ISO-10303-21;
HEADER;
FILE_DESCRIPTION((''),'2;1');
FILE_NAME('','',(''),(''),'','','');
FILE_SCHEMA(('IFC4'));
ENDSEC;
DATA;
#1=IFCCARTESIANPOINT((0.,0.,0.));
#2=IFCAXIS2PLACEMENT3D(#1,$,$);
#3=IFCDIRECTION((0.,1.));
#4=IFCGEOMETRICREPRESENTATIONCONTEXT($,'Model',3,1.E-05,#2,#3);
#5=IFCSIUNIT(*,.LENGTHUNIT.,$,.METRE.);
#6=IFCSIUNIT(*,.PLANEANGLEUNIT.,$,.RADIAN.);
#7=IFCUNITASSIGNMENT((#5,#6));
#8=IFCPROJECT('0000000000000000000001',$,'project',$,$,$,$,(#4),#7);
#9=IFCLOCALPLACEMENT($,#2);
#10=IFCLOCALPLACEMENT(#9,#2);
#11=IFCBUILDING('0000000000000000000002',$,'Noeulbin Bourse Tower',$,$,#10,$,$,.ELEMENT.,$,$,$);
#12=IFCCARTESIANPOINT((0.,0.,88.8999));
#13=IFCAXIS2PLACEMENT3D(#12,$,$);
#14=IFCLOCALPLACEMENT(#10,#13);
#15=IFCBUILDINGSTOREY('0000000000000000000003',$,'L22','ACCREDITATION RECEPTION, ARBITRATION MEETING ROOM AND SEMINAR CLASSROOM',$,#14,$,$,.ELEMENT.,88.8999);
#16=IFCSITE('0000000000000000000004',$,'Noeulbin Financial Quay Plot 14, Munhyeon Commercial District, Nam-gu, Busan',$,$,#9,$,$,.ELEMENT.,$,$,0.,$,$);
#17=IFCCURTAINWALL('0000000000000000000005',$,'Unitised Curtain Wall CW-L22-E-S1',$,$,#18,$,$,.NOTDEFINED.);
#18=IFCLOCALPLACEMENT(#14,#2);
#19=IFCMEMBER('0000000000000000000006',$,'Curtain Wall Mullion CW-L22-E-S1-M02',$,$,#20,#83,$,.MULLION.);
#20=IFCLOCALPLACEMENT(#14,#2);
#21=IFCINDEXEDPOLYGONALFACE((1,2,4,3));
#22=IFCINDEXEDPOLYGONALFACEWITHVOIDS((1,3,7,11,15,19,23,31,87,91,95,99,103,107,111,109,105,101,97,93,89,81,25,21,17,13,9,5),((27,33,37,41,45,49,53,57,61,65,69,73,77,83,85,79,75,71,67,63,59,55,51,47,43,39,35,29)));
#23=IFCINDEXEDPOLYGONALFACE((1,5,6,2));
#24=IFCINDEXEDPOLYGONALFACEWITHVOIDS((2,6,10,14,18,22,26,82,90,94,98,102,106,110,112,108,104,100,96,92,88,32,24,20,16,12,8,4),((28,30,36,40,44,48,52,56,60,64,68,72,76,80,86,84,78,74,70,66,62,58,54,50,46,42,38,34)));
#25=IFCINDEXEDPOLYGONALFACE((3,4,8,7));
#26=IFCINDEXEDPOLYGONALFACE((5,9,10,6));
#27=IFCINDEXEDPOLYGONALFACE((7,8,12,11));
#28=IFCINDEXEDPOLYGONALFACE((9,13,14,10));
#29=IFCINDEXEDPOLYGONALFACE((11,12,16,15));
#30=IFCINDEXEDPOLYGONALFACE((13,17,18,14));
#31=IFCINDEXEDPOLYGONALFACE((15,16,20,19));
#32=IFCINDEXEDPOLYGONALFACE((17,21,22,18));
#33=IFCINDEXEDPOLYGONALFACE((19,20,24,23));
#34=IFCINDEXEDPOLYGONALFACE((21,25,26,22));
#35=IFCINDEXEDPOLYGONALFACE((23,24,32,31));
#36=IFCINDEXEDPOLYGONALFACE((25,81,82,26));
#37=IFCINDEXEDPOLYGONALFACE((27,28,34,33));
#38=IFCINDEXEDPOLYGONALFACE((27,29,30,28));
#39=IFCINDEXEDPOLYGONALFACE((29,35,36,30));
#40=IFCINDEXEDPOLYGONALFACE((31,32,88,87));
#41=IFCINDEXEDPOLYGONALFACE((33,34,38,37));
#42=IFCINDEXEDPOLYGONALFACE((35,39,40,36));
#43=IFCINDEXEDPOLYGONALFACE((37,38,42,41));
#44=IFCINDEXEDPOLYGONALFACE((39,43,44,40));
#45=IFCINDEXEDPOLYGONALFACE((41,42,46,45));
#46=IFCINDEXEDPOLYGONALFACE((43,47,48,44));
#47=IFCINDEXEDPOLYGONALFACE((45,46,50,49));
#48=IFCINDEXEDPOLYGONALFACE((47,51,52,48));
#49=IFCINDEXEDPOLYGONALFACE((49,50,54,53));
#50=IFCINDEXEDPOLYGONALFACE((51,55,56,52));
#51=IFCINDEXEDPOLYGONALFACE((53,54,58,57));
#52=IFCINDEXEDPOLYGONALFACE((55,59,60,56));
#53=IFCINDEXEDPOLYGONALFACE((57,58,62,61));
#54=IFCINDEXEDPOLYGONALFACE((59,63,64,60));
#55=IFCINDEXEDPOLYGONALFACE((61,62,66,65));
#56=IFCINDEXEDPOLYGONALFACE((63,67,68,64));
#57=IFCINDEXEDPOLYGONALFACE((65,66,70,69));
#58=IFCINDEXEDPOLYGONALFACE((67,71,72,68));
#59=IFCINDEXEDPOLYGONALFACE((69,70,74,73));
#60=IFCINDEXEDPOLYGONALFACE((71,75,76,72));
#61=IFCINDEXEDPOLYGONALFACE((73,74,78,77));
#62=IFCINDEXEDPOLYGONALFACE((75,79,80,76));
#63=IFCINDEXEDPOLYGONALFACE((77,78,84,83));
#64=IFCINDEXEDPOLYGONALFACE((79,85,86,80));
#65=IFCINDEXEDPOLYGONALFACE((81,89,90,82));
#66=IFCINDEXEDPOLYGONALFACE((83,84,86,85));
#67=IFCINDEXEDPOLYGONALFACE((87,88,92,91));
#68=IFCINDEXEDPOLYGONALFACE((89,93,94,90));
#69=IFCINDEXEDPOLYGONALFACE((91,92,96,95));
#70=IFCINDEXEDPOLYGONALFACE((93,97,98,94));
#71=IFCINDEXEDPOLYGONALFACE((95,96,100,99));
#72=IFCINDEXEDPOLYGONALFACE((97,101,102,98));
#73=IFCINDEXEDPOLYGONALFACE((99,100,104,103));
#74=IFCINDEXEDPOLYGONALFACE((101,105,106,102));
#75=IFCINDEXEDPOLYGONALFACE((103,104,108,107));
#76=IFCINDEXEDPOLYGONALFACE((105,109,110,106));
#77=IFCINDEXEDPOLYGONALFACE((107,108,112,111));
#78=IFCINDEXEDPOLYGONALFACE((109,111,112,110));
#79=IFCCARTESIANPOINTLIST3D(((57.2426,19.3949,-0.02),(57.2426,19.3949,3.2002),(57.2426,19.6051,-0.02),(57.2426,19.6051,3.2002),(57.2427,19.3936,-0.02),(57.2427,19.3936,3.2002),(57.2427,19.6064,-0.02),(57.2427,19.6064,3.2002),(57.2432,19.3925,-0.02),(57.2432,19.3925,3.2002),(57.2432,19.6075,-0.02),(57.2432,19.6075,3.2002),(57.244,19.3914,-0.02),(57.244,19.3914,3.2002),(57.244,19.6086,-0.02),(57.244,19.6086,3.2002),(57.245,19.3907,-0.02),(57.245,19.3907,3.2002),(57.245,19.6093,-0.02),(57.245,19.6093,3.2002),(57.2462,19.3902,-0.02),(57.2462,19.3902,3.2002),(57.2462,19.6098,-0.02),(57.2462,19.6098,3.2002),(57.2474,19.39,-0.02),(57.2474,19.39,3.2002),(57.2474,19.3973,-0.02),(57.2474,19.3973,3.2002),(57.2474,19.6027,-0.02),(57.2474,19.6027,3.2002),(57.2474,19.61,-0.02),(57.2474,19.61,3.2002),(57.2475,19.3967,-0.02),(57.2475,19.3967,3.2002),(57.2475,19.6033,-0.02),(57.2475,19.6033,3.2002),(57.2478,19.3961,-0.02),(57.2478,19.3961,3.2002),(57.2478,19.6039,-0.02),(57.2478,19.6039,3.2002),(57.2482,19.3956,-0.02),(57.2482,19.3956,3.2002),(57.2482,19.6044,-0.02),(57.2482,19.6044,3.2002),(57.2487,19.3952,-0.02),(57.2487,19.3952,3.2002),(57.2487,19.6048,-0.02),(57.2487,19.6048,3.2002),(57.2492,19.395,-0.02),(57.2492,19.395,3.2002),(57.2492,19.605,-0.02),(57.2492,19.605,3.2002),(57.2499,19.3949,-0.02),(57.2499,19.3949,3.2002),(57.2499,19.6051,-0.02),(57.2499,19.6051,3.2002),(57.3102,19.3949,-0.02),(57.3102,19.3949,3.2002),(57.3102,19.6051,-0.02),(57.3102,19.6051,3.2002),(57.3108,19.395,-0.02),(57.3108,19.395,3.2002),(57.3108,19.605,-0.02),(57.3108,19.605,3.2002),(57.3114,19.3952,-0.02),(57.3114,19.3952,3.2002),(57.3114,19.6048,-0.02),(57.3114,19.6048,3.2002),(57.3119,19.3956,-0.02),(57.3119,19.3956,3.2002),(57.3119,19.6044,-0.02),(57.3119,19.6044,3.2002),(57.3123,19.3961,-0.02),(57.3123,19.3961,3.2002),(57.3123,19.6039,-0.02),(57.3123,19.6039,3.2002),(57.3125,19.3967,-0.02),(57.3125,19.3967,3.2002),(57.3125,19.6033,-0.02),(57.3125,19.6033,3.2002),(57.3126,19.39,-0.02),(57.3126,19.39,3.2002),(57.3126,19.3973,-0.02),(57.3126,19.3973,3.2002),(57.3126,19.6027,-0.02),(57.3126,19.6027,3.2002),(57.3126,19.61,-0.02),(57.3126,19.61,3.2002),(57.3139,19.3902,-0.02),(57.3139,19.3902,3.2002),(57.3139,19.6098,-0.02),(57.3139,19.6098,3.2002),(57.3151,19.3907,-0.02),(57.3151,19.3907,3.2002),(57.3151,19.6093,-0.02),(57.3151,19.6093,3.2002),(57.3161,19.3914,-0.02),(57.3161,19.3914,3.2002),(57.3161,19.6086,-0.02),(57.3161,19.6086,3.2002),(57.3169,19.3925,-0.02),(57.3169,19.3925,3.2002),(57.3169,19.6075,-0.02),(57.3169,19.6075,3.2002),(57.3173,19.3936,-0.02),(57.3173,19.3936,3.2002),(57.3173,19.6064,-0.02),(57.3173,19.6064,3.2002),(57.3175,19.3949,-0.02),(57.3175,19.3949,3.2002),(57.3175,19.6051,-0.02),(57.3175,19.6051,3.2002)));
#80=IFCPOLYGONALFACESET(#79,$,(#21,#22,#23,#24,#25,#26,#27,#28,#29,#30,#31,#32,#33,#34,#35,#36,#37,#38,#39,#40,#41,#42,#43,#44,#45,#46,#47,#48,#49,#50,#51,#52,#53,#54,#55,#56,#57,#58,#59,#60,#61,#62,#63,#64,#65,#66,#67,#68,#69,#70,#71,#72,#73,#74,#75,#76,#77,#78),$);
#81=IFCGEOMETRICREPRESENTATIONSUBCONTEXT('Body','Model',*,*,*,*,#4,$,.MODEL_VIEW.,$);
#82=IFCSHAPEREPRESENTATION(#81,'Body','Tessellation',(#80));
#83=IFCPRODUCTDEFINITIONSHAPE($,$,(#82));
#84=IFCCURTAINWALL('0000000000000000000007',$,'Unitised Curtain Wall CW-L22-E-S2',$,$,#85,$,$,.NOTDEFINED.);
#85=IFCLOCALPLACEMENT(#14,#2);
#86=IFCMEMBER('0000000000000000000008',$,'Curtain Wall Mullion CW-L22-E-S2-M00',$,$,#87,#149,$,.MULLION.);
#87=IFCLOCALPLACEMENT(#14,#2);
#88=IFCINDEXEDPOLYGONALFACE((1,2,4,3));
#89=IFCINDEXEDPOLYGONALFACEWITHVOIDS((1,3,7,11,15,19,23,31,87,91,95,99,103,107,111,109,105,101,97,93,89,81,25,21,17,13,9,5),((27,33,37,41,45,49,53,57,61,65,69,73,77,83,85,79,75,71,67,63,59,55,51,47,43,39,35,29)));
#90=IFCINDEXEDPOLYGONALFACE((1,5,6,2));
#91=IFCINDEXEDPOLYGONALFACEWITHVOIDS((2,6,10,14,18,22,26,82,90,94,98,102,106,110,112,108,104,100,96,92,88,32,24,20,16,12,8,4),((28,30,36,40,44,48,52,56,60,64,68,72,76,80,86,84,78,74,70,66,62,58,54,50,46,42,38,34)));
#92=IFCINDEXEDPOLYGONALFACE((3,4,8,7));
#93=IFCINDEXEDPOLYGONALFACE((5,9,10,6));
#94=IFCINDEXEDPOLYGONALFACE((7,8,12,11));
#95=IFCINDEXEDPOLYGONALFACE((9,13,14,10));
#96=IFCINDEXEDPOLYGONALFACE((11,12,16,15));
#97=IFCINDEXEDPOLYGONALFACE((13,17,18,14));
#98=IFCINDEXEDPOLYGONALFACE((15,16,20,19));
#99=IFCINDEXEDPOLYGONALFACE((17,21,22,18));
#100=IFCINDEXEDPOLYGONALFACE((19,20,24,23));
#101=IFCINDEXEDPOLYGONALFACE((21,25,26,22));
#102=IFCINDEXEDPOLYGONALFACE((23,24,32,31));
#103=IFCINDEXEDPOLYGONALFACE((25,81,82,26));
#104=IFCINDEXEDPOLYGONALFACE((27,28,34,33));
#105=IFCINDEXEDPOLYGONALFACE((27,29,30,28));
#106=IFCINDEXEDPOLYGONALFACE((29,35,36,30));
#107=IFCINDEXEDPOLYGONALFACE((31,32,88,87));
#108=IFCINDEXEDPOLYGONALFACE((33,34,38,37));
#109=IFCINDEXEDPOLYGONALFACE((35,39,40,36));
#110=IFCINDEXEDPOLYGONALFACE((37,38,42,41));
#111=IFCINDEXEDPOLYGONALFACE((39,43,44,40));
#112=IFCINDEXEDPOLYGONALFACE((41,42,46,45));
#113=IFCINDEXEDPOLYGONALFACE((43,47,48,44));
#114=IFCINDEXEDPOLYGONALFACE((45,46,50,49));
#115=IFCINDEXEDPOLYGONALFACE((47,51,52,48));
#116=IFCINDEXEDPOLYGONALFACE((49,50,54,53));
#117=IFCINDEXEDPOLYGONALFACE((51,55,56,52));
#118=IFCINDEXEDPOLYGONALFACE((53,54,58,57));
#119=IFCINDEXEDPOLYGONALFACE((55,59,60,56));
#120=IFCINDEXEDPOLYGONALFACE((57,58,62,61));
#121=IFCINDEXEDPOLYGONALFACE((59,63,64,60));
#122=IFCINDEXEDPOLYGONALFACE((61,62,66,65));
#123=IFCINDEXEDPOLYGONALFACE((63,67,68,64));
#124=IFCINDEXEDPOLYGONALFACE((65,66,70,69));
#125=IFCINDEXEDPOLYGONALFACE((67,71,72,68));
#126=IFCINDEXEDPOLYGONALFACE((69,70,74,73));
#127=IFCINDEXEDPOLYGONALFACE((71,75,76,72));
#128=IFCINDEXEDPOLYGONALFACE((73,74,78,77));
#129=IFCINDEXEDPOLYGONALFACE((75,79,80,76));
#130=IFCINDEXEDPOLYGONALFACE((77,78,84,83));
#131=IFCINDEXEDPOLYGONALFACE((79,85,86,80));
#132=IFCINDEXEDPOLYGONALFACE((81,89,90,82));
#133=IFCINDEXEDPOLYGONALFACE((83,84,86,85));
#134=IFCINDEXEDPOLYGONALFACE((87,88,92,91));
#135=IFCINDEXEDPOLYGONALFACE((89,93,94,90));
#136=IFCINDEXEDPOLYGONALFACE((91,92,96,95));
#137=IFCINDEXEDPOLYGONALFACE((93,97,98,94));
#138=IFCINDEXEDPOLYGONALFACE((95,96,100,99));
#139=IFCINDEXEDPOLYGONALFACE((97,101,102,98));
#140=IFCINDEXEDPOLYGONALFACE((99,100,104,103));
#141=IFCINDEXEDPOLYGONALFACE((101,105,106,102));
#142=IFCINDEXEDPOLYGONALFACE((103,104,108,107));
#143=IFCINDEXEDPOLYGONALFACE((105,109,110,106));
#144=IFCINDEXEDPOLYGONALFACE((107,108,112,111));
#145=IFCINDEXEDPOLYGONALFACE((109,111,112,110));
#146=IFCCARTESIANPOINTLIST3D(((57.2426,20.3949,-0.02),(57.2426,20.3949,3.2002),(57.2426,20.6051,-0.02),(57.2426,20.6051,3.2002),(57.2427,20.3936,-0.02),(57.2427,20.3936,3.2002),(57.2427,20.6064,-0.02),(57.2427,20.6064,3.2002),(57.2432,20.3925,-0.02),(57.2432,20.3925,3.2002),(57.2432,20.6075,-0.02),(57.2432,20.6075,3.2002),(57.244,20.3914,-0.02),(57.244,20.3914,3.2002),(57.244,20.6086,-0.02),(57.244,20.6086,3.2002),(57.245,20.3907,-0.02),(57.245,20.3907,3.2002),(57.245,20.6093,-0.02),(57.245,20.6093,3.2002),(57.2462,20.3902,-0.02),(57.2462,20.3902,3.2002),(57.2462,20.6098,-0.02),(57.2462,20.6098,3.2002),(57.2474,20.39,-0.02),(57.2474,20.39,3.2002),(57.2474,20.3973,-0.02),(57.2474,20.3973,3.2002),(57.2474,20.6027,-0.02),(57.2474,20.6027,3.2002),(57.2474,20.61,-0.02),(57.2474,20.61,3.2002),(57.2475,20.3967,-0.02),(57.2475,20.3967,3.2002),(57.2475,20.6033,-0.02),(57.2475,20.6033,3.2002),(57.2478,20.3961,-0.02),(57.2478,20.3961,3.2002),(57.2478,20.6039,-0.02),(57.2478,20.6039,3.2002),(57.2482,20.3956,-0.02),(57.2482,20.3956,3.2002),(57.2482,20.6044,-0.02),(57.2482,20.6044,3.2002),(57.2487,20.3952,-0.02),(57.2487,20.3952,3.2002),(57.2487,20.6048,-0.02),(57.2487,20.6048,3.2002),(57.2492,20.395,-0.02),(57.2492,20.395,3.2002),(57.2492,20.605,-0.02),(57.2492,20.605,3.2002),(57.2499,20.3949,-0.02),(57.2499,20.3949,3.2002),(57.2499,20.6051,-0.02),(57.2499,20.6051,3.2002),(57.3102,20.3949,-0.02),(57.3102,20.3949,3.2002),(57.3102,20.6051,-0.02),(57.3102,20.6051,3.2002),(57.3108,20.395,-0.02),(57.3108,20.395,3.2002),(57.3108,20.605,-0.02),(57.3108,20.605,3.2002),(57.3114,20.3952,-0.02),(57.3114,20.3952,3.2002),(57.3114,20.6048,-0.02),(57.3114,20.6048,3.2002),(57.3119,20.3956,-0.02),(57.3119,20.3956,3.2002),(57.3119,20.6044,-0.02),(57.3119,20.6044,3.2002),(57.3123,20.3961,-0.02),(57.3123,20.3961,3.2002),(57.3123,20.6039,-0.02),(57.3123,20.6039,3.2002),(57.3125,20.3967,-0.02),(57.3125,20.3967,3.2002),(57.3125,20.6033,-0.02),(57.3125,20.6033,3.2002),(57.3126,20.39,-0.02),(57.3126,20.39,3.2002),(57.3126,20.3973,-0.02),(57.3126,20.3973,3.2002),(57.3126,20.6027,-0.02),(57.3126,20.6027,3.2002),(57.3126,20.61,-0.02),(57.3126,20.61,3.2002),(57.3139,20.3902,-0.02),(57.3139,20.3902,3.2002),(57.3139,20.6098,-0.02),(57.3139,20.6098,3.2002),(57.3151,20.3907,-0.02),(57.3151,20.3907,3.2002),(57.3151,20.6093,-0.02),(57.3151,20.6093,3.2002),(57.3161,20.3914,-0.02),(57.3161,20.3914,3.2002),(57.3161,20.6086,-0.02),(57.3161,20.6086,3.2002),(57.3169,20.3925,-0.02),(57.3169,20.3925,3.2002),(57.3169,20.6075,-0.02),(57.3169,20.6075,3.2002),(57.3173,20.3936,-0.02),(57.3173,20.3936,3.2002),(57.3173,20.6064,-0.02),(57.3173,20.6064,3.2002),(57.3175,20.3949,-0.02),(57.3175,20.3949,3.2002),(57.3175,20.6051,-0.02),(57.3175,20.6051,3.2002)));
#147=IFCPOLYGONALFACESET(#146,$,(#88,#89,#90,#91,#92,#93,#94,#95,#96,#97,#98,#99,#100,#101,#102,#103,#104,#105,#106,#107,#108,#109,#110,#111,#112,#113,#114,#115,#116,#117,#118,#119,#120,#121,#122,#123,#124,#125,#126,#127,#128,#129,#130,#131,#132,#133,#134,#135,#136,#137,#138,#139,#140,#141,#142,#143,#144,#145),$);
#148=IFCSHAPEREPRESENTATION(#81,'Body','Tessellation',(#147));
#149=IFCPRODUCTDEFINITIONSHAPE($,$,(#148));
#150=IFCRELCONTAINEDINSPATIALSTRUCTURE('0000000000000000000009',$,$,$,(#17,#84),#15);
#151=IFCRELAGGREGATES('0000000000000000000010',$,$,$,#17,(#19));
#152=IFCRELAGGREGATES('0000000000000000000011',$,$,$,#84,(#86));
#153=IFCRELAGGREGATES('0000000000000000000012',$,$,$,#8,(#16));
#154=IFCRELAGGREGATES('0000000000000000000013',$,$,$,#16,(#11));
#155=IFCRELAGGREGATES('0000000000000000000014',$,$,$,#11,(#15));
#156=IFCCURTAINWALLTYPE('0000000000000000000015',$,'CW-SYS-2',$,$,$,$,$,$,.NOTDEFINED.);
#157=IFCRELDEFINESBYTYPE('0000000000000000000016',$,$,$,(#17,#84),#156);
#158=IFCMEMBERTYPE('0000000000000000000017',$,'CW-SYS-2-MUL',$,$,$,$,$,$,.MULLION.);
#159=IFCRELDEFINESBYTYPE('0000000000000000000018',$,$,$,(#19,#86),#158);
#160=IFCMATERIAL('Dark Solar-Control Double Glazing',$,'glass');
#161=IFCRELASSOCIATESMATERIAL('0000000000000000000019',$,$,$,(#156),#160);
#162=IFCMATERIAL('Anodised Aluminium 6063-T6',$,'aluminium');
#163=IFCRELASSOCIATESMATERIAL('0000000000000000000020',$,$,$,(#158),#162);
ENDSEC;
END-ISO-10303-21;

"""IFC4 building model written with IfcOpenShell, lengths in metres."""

from ifc_helpers import new_model, si_unit, direction, frame, origin, origin_2d, place, context, subcontext, project, spatial, hollow_rectangle, extrude, material, material_profile, profile_set, type_object, element, aggregate, save


model = new_model("IFC4")

# Units and contexts
model_context = context("Model", 3, precision=1e-05, world=origin(), true_north=direction((0.0, 1.0)))
body_context = subcontext(model_context, "Body", "Model", "MODEL_VIEW")
ifc_project = project(units=[si_unit("LENGTHUNIT", "METRE"), si_unit("PLANEANGLEUNIT", "RADIAN")], contexts=[model_context])

# Site, building, storey
site_placement = place(None, origin())
site = spatial("IfcSite", under=ifc_project, at=site_placement, Name="Noeulbin Financial Quay Plot 14, Munhyeon Commercial District, Nam-gu, Busan", CompositionType="ELEMENT", RefElevation=0.0)
building_placement = place(site_placement, origin())
building = spatial("IfcBuilding", under=site, at=building_placement, Name="Noeulbin Bourse Tower", CompositionType="ELEMENT")
storey_placement = place(building_placement, frame((0.0, 0.0, 88.8999)))
storey = spatial("IfcBuildingStorey", under=building, at=storey_placement, Name="L22", Description="ACCREDITATION RECEPTION, ARBITRATION MEETING ROOM AND SEMINAR CLASSROOM", CompositionType="ELEMENT", Elevation=88.8999)

# Shared definitions
ifc_material_1 = material(Name="Dark Solar-Control Double Glazing", Category="glass")
curtain_wall_type = type_object("IfcCurtainWallType", Name="CW-SYS-2", PredefinedType="NOTDEFINED", material=ifc_material_1)
ifc_material_2 = material(Name="Anodised Aluminium 6063-T6", Category="aluminium")
ifc_material_profile_1 = material_profile(ifc_material_2, hollow_rectangle(XDim=0.075, YDim=0.22, WallThickness=0.0049, InnerFilletRadius=0.0024, OuterFilletRadius=0.0049, at=origin_2d()), Name="ALU-MULL-75x220x5", Category="LoadBearing")
ifc_profile_set_1 = profile_set([ifc_material_profile_1], Name="Anodised Aluminium 6063-T6")
member_type_1 = type_object("IfcMemberType", Name="CW-SYS-2-MUL", PredefinedType="MULLION", material=ifc_profile_set_1)

# Curtain wall, member
curtain_wall_1_placement = place(storey_placement, origin())
curtain_wall_1 = element("IfcCurtainWall", 1, at=curtain_wall_1_placement, inside=storey, type_object=curtain_wall_type, Name="Unitised Curtain Wall CW-L22-E-S1", PredefinedType="NOTDEFINED")
member_1_placement = place(storey_placement, frame((57.28, 19.5, -0.02), z_axis=(0.0, 0.0, 1.0), x_axis=(1.0, 0.0, 0.0)))
member_1 = element("IfcMember", 2, at=member_1_placement, type_object=member_type_1, Name="Curtain Wall Mullion CW-L22-E-S1-M02", PredefinedType="MULLION", context=body_context, shape_type="SweptSolid", body=[
    extrude(hollow_rectangle(XDim=0.075, YDim=0.22, WallThickness=0.0049, InnerFilletRadius=0.0024, OuterFilletRadius=0.0049, at=origin_2d()), origin(), (0.0, 0.0, 1.0), 3.2202),
])

# Curtain wall, member
curtain_wall_2_placement = place(storey_placement, origin())
curtain_wall_2 = element("IfcCurtainWall", 3, at=curtain_wall_2_placement, inside=storey, type_object=curtain_wall_type, Name="Unitised Curtain Wall CW-L22-E-S2", PredefinedType="NOTDEFINED")
member_2_placement = place(storey_placement, frame((57.28, 20.5, -0.02), z_axis=(0.0, 0.0, 1.0), x_axis=(1.0, 0.0, 0.0)))
member_2 = element("IfcMember", 4, at=member_2_placement, type_object=member_type_1, Name="Curtain Wall Mullion CW-L22-E-S2-M00", PredefinedType="MULLION", context=body_context, shape_type="SweptSolid", body=[
    extrude(hollow_rectangle(XDim=0.075, YDim=0.22, WallThickness=0.0049, InnerFilletRadius=0.0024, OuterFilletRadius=0.0049, at=origin_2d()), origin(), (0.0, 0.0, 1.0), 3.2202),
])

aggregate(curtain_wall_1, [member_1])
aggregate(curtain_wall_2, [member_2])

save(model, "model.ifc")
